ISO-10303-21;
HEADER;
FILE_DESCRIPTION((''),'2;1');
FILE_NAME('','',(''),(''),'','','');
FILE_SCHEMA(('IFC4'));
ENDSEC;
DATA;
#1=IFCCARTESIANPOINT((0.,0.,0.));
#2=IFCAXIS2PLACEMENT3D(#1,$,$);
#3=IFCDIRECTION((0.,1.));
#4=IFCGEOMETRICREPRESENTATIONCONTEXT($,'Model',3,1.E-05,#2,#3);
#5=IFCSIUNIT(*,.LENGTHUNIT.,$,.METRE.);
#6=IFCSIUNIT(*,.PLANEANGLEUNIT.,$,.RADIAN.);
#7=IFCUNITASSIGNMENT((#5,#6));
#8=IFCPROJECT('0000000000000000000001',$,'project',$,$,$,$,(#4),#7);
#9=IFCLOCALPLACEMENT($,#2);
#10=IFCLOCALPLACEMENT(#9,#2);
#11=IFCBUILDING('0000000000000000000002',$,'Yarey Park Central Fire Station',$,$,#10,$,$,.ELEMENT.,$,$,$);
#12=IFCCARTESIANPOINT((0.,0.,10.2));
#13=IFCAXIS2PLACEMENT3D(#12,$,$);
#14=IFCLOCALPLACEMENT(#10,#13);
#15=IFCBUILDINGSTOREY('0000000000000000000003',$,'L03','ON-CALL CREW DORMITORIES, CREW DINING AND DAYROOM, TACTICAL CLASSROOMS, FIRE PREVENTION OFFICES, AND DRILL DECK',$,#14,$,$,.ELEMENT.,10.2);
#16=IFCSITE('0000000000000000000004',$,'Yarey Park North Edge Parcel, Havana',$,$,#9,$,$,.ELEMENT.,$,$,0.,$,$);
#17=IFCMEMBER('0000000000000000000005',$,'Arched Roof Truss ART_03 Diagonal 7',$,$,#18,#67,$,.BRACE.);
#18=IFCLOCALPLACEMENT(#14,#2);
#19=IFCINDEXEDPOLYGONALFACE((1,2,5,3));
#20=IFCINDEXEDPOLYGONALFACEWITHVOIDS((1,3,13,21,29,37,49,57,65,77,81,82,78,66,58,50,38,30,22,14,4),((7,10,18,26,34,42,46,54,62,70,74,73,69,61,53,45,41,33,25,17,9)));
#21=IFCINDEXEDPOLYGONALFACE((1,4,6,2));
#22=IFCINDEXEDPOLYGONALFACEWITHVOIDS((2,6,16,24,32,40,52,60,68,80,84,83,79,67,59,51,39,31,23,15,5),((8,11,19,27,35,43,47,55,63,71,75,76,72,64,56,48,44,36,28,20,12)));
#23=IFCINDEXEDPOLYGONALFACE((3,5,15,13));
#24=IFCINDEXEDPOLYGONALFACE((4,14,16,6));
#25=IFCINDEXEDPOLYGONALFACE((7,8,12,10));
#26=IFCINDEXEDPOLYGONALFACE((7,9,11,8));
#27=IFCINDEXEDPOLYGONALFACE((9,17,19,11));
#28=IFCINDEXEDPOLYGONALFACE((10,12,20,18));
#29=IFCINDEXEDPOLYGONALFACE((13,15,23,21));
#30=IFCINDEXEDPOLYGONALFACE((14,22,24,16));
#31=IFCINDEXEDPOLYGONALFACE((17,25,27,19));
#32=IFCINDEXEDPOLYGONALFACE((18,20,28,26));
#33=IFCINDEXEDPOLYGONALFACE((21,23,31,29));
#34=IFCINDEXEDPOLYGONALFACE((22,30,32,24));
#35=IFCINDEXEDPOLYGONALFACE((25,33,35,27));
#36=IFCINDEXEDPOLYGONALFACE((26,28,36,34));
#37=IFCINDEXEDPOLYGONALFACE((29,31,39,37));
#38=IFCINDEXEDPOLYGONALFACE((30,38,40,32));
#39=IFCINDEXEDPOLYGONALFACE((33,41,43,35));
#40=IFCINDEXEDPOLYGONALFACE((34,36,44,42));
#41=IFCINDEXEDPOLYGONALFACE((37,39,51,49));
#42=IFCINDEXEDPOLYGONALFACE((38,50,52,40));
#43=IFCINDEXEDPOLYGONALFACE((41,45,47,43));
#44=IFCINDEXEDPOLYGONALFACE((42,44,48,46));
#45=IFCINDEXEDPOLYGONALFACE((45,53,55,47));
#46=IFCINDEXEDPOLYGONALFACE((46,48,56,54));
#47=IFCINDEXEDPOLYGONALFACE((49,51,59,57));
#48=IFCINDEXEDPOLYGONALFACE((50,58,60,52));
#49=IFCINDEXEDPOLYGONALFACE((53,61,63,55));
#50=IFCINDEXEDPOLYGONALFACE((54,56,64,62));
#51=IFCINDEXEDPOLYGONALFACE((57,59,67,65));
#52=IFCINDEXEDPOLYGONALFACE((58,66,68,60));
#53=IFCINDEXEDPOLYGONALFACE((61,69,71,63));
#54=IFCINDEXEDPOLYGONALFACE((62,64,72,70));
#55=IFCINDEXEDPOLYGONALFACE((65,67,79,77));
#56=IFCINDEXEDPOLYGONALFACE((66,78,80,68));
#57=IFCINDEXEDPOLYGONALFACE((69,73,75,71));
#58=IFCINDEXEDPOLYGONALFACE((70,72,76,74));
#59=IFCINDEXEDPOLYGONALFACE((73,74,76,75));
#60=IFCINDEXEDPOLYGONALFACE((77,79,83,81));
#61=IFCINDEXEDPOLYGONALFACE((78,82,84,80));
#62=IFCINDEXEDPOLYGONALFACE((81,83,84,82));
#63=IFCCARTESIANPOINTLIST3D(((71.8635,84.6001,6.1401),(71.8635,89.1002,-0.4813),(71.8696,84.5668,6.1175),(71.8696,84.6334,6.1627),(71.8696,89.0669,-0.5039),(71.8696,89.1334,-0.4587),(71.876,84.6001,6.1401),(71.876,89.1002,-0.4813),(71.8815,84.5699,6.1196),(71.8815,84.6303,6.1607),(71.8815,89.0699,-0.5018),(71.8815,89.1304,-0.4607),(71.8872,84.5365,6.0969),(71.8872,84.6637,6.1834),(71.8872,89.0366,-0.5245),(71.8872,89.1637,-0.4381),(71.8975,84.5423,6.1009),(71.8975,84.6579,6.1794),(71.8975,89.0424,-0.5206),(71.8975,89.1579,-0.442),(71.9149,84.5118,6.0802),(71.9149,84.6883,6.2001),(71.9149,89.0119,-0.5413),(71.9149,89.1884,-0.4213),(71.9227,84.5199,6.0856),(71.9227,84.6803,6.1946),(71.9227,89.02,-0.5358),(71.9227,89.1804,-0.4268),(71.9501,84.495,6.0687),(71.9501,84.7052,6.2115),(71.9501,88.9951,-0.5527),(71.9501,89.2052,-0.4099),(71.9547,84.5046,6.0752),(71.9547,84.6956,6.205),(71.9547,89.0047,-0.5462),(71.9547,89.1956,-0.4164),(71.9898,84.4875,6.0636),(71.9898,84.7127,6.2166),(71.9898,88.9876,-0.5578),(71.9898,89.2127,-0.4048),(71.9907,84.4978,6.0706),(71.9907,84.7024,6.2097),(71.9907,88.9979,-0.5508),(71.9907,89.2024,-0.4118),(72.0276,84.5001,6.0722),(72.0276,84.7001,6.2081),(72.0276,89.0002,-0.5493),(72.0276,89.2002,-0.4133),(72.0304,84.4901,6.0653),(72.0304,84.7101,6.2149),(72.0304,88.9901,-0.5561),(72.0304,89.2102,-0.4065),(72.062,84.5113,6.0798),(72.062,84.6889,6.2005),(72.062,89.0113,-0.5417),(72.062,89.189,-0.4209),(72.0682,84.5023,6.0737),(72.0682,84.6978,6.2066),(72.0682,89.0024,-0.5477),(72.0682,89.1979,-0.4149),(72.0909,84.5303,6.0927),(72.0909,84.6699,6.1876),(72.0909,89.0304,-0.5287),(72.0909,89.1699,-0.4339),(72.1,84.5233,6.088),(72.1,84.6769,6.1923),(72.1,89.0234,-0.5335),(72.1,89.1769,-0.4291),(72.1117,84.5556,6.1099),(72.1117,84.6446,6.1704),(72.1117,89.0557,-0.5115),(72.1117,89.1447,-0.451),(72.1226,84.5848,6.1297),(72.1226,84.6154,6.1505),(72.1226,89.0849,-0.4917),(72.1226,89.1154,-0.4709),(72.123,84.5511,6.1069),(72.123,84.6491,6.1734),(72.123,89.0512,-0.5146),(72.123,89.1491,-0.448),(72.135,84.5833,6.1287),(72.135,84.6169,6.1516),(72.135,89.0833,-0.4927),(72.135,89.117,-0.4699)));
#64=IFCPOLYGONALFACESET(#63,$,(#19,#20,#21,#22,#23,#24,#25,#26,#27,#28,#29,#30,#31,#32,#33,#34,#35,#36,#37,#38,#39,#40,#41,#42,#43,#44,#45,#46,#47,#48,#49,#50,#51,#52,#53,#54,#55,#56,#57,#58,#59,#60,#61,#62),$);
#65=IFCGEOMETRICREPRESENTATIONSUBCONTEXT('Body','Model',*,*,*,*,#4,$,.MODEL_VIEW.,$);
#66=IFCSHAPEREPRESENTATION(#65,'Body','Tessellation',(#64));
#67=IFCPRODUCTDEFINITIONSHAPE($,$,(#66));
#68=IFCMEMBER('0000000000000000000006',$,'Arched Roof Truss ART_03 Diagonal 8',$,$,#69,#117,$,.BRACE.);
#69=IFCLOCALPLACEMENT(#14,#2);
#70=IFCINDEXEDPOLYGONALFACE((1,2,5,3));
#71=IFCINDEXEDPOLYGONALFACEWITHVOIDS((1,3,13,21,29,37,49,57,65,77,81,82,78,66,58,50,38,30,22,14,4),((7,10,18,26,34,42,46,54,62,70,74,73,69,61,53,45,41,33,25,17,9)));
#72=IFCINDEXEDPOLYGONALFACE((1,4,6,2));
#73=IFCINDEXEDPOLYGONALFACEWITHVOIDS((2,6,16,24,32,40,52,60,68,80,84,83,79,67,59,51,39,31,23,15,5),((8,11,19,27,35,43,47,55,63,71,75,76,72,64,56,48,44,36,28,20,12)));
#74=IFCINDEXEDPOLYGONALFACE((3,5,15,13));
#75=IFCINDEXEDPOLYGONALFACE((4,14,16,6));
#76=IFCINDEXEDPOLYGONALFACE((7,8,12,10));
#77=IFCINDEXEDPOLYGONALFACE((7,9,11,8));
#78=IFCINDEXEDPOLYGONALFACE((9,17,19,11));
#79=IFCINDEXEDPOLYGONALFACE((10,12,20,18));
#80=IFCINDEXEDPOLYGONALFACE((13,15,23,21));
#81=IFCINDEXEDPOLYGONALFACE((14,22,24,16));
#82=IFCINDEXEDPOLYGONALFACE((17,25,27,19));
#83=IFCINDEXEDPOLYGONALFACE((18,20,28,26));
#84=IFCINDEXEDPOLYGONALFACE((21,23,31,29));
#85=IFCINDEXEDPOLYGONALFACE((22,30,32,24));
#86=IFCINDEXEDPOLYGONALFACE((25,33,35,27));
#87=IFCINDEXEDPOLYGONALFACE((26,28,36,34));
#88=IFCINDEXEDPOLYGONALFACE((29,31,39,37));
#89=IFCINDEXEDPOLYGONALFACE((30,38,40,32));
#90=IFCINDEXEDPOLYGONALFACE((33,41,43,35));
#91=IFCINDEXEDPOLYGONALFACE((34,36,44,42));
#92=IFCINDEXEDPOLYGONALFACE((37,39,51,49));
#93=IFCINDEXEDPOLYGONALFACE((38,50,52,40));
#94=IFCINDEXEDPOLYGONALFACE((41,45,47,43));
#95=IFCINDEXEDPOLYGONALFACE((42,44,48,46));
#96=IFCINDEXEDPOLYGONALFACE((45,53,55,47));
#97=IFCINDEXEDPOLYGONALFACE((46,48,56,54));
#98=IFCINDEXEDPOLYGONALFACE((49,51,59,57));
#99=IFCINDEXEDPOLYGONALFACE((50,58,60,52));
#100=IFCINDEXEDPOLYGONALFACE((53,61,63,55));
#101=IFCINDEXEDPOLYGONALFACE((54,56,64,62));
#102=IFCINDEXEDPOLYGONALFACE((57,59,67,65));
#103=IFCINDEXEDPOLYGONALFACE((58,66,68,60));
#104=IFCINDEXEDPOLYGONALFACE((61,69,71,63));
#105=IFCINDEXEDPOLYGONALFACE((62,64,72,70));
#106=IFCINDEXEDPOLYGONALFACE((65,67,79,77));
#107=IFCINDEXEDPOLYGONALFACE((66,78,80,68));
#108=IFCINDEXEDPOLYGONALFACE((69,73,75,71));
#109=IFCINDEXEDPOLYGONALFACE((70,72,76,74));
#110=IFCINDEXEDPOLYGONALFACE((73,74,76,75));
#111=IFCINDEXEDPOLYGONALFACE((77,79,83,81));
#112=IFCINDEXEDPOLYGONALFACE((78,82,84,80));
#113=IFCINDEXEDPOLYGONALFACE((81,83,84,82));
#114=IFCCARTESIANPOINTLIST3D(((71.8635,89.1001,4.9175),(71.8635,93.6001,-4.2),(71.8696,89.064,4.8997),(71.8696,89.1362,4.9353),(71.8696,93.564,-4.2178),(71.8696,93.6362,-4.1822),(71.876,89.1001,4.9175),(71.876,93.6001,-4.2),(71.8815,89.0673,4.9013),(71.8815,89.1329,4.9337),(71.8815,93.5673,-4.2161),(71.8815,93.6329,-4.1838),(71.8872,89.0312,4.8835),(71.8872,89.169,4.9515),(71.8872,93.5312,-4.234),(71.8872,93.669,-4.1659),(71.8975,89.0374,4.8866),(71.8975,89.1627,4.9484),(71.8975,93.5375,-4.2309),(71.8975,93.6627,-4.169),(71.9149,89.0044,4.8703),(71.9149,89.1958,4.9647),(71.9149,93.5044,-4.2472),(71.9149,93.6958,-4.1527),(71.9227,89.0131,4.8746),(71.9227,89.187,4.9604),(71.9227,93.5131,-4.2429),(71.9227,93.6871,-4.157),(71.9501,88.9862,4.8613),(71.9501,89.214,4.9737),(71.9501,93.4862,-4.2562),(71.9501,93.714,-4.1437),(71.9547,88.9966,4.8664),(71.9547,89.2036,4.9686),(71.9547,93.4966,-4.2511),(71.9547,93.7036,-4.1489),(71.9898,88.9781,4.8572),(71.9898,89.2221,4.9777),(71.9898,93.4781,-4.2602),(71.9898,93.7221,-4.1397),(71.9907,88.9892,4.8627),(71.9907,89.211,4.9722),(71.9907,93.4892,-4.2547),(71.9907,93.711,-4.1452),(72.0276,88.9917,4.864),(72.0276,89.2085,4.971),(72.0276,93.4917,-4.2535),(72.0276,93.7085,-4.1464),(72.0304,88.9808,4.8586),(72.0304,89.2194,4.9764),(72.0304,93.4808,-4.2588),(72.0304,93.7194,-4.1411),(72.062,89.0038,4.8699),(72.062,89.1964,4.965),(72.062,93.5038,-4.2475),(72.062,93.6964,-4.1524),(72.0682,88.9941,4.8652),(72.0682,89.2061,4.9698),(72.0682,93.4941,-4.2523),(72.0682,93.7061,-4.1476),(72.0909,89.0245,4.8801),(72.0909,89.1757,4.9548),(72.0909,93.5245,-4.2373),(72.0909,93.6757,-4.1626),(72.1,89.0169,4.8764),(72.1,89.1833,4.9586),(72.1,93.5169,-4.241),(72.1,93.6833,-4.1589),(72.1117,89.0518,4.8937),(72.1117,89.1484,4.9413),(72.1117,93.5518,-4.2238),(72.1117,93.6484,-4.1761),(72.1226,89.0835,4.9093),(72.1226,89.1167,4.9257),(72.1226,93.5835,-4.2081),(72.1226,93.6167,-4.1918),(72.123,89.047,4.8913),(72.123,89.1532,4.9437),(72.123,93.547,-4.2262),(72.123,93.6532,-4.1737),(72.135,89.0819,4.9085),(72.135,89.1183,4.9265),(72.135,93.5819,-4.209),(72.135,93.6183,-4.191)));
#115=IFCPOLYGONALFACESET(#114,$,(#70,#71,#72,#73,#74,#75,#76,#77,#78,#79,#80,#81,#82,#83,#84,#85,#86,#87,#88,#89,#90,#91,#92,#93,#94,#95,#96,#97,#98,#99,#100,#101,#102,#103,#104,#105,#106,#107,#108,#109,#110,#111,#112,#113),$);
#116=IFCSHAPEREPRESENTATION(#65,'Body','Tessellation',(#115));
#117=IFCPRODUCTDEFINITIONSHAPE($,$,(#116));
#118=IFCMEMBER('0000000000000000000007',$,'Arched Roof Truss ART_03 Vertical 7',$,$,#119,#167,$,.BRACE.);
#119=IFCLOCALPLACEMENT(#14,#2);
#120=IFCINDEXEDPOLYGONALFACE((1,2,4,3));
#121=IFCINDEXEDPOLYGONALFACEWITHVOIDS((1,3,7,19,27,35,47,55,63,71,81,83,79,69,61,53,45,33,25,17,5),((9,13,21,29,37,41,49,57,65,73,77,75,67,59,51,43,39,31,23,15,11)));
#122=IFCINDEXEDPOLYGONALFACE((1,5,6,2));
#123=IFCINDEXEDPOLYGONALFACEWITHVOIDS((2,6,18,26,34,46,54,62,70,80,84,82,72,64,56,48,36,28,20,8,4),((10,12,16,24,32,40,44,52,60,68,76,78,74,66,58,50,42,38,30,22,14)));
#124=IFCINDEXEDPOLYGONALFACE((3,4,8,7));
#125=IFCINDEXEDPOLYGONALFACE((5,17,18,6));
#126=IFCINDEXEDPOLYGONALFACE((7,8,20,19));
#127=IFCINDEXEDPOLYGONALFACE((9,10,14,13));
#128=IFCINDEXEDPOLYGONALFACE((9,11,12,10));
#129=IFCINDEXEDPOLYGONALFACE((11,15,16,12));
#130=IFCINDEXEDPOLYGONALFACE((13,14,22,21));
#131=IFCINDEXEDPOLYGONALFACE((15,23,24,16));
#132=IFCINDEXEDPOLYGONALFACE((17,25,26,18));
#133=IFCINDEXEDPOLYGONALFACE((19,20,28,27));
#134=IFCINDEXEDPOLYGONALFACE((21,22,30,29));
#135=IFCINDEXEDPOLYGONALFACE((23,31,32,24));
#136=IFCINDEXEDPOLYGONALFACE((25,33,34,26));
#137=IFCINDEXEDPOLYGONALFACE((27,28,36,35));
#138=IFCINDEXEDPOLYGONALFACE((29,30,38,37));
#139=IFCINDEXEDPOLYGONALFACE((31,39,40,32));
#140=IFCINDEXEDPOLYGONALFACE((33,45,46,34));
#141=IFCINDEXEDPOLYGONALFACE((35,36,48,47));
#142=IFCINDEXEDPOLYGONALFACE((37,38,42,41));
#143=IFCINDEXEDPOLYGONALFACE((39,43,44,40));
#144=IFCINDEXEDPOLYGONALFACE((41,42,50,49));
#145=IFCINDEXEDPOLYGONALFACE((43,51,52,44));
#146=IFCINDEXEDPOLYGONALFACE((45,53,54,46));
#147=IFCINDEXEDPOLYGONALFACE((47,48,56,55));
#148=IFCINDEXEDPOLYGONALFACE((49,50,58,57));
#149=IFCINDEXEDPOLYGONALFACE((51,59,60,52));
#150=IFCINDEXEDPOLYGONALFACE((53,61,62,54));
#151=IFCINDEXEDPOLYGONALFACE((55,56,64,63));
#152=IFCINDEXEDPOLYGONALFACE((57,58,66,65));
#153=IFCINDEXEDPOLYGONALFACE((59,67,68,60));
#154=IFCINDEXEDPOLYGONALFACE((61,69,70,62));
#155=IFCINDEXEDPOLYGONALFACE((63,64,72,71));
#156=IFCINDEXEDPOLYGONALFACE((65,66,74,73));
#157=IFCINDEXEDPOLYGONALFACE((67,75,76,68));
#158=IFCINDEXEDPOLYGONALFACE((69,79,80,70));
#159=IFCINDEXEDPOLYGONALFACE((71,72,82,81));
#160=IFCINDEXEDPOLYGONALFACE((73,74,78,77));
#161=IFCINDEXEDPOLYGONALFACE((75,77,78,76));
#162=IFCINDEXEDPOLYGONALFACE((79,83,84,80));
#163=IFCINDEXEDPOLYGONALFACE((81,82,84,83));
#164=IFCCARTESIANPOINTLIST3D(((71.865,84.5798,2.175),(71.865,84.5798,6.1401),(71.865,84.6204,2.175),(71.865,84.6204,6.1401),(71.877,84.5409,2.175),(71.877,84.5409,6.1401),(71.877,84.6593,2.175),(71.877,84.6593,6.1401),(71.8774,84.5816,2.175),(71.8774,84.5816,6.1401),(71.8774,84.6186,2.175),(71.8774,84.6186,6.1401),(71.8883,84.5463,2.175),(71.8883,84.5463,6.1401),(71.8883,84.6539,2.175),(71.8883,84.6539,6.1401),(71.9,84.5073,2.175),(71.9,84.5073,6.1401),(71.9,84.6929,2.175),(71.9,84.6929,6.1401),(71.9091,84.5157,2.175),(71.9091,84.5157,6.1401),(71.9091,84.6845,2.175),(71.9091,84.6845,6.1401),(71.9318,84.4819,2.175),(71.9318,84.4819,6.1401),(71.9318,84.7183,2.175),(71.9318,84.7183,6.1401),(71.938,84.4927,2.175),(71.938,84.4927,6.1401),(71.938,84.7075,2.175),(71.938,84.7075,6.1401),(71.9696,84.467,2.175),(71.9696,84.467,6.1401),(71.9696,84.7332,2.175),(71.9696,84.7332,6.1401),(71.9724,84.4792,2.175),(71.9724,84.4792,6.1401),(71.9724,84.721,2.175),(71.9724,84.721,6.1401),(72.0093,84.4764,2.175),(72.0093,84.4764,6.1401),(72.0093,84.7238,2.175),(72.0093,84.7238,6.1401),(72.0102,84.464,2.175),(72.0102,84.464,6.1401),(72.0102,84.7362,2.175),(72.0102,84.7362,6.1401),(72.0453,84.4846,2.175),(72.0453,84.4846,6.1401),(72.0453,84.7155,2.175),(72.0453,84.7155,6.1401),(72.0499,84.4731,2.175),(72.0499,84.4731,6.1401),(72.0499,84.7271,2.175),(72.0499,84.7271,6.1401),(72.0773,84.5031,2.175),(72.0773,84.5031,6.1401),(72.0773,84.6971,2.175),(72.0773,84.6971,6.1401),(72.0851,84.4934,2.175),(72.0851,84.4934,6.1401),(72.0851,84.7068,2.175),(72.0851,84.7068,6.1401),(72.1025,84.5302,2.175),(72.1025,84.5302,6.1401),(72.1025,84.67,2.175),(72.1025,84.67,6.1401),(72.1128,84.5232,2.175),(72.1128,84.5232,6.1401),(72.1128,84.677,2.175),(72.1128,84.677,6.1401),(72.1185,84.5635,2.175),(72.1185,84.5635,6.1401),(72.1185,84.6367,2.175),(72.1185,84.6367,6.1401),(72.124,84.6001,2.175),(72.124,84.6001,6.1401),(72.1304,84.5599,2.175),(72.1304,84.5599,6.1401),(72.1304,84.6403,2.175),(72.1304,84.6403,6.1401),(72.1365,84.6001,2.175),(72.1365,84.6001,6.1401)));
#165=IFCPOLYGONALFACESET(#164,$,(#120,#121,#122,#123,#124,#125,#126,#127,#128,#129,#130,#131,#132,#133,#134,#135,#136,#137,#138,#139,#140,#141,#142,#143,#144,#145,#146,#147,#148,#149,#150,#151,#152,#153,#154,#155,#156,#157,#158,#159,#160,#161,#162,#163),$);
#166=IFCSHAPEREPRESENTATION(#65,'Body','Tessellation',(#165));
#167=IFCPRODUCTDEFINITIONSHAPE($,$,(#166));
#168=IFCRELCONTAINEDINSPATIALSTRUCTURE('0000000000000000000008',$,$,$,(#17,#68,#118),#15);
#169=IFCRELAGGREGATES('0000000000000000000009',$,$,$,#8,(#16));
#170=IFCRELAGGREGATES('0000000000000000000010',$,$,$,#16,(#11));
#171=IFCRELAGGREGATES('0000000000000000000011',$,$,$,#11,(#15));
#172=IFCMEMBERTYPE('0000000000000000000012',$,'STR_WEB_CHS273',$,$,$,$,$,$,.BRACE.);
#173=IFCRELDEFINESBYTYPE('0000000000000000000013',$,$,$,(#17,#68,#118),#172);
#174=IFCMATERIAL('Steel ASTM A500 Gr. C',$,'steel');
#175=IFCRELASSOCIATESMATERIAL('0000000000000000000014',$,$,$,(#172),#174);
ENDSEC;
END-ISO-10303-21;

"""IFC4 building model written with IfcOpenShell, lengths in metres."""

from ifc_helpers import new_model, si_unit, direction, frame, origin, origin_2d, place, context, subcontext, project, spatial, hollow_circle, extrude, material, material_profile, profile_set, type_object, element, save


model = new_model("IFC4")

# Units and contexts
model_context = context("Model", 3, precision=1e-05, world=origin(), true_north=direction((0.0, 1.0)))
body_context = subcontext(model_context, "Body", "Model", "MODEL_VIEW")
ifc_project = project(units=[si_unit("LENGTHUNIT", "METRE"), si_unit("PLANEANGLEUNIT", "RADIAN")], contexts=[model_context])

# Site, building, storey
site_placement = place(None, origin())
site = spatial("IfcSite", under=ifc_project, at=site_placement, Name="Yarey Park North Edge Parcel, Havana", CompositionType="ELEMENT", RefElevation=0.0)
building_placement = place(site_placement, origin())
building = spatial("IfcBuilding", under=site, at=building_placement, Name="Yarey Park Central Fire Station", CompositionType="ELEMENT")
storey_placement = place(building_placement, frame((0.0, 0.0, 10.2)))
storey = spatial("IfcBuildingStorey", under=building, at=storey_placement, Name="L03", Description="ON-CALL CREW DORMITORIES, CREW DINING AND DAYROOM, TACTICAL CLASSROOMS, FIRE PREVENTION OFFICES, AND DRILL DECK", CompositionType="ELEMENT", Elevation=10.2)

# Members
ifc_material_1 = material(Name="Steel ASTM A500 Gr. C", Category="steel")
ifc_material_profile_1 = material_profile(ifc_material_1, hollow_circle(Radius=0.1365, WallThickness=0.0125, at=origin_2d()), Name="CHS 273x12.5")
ifc_profile_set_1 = profile_set([ifc_material_profile_1], Name="Steel ASTM A500 Gr. C")
member_type_1 = type_object("IfcMemberType", Name="STR_WEB_CHS273", PredefinedType="BRACE", material=ifc_profile_set_1)
member_1_placement = place(storey_placement, frame((72.0, 84.6001, 6.1401), z_axis=(0.0, 0.562096, -0.827072), x_axis=(-1.0, 0.0, 0.0)))
element("IfcMember", 1, at=member_1_placement, inside=storey, type_object=member_type_1, Name="Arched Roof Truss ART_03 Diagonal 7", PredefinedType="BRACE", context=body_context, shape_type="SweptSolid", body=[
    extrude(hollow_circle(Radius=0.1365, WallThickness=0.0125, at=origin_2d()), origin(), (0.0, 0.0, 1.0), 8.0059),
])
member_2_placement = place(storey_placement, frame((72.0, 89.1001, 4.9175), z_axis=(0.0, 0.442588, -0.896725), x_axis=(-1.0, 0.0, 0.0)))
element("IfcMember", 2, at=member_2_placement, inside=storey, type_object=member_type_1, Name="Arched Roof Truss ART_03 Diagonal 8", PredefinedType="BRACE", context=body_context, shape_type="SweptSolid", body=[
    extrude(hollow_circle(Radius=0.1365, WallThickness=0.0125, at=origin_2d()), origin(), (0.0, 0.0, 1.0), 10.1675),
])
member_3_placement = place(storey_placement, frame((72.0, 84.6001, 2.175), z_axis=(0.0, 0.0, 1.0), x_axis=(1.0, 0.0, 0.0)))
element("IfcMember", 3, at=member_3_placement, inside=storey, type_object=member_type_1, Name="Arched Roof Truss ART_03 Vertical 7", PredefinedType="BRACE", context=body_context, shape_type="SweptSolid", body=[
    extrude(hollow_circle(Radius=0.1365, WallThickness=0.0125, at=origin_2d()), origin(), (0.0, 0.0, 1.0), 3.9651),
])

save(model, "model.ifc")
